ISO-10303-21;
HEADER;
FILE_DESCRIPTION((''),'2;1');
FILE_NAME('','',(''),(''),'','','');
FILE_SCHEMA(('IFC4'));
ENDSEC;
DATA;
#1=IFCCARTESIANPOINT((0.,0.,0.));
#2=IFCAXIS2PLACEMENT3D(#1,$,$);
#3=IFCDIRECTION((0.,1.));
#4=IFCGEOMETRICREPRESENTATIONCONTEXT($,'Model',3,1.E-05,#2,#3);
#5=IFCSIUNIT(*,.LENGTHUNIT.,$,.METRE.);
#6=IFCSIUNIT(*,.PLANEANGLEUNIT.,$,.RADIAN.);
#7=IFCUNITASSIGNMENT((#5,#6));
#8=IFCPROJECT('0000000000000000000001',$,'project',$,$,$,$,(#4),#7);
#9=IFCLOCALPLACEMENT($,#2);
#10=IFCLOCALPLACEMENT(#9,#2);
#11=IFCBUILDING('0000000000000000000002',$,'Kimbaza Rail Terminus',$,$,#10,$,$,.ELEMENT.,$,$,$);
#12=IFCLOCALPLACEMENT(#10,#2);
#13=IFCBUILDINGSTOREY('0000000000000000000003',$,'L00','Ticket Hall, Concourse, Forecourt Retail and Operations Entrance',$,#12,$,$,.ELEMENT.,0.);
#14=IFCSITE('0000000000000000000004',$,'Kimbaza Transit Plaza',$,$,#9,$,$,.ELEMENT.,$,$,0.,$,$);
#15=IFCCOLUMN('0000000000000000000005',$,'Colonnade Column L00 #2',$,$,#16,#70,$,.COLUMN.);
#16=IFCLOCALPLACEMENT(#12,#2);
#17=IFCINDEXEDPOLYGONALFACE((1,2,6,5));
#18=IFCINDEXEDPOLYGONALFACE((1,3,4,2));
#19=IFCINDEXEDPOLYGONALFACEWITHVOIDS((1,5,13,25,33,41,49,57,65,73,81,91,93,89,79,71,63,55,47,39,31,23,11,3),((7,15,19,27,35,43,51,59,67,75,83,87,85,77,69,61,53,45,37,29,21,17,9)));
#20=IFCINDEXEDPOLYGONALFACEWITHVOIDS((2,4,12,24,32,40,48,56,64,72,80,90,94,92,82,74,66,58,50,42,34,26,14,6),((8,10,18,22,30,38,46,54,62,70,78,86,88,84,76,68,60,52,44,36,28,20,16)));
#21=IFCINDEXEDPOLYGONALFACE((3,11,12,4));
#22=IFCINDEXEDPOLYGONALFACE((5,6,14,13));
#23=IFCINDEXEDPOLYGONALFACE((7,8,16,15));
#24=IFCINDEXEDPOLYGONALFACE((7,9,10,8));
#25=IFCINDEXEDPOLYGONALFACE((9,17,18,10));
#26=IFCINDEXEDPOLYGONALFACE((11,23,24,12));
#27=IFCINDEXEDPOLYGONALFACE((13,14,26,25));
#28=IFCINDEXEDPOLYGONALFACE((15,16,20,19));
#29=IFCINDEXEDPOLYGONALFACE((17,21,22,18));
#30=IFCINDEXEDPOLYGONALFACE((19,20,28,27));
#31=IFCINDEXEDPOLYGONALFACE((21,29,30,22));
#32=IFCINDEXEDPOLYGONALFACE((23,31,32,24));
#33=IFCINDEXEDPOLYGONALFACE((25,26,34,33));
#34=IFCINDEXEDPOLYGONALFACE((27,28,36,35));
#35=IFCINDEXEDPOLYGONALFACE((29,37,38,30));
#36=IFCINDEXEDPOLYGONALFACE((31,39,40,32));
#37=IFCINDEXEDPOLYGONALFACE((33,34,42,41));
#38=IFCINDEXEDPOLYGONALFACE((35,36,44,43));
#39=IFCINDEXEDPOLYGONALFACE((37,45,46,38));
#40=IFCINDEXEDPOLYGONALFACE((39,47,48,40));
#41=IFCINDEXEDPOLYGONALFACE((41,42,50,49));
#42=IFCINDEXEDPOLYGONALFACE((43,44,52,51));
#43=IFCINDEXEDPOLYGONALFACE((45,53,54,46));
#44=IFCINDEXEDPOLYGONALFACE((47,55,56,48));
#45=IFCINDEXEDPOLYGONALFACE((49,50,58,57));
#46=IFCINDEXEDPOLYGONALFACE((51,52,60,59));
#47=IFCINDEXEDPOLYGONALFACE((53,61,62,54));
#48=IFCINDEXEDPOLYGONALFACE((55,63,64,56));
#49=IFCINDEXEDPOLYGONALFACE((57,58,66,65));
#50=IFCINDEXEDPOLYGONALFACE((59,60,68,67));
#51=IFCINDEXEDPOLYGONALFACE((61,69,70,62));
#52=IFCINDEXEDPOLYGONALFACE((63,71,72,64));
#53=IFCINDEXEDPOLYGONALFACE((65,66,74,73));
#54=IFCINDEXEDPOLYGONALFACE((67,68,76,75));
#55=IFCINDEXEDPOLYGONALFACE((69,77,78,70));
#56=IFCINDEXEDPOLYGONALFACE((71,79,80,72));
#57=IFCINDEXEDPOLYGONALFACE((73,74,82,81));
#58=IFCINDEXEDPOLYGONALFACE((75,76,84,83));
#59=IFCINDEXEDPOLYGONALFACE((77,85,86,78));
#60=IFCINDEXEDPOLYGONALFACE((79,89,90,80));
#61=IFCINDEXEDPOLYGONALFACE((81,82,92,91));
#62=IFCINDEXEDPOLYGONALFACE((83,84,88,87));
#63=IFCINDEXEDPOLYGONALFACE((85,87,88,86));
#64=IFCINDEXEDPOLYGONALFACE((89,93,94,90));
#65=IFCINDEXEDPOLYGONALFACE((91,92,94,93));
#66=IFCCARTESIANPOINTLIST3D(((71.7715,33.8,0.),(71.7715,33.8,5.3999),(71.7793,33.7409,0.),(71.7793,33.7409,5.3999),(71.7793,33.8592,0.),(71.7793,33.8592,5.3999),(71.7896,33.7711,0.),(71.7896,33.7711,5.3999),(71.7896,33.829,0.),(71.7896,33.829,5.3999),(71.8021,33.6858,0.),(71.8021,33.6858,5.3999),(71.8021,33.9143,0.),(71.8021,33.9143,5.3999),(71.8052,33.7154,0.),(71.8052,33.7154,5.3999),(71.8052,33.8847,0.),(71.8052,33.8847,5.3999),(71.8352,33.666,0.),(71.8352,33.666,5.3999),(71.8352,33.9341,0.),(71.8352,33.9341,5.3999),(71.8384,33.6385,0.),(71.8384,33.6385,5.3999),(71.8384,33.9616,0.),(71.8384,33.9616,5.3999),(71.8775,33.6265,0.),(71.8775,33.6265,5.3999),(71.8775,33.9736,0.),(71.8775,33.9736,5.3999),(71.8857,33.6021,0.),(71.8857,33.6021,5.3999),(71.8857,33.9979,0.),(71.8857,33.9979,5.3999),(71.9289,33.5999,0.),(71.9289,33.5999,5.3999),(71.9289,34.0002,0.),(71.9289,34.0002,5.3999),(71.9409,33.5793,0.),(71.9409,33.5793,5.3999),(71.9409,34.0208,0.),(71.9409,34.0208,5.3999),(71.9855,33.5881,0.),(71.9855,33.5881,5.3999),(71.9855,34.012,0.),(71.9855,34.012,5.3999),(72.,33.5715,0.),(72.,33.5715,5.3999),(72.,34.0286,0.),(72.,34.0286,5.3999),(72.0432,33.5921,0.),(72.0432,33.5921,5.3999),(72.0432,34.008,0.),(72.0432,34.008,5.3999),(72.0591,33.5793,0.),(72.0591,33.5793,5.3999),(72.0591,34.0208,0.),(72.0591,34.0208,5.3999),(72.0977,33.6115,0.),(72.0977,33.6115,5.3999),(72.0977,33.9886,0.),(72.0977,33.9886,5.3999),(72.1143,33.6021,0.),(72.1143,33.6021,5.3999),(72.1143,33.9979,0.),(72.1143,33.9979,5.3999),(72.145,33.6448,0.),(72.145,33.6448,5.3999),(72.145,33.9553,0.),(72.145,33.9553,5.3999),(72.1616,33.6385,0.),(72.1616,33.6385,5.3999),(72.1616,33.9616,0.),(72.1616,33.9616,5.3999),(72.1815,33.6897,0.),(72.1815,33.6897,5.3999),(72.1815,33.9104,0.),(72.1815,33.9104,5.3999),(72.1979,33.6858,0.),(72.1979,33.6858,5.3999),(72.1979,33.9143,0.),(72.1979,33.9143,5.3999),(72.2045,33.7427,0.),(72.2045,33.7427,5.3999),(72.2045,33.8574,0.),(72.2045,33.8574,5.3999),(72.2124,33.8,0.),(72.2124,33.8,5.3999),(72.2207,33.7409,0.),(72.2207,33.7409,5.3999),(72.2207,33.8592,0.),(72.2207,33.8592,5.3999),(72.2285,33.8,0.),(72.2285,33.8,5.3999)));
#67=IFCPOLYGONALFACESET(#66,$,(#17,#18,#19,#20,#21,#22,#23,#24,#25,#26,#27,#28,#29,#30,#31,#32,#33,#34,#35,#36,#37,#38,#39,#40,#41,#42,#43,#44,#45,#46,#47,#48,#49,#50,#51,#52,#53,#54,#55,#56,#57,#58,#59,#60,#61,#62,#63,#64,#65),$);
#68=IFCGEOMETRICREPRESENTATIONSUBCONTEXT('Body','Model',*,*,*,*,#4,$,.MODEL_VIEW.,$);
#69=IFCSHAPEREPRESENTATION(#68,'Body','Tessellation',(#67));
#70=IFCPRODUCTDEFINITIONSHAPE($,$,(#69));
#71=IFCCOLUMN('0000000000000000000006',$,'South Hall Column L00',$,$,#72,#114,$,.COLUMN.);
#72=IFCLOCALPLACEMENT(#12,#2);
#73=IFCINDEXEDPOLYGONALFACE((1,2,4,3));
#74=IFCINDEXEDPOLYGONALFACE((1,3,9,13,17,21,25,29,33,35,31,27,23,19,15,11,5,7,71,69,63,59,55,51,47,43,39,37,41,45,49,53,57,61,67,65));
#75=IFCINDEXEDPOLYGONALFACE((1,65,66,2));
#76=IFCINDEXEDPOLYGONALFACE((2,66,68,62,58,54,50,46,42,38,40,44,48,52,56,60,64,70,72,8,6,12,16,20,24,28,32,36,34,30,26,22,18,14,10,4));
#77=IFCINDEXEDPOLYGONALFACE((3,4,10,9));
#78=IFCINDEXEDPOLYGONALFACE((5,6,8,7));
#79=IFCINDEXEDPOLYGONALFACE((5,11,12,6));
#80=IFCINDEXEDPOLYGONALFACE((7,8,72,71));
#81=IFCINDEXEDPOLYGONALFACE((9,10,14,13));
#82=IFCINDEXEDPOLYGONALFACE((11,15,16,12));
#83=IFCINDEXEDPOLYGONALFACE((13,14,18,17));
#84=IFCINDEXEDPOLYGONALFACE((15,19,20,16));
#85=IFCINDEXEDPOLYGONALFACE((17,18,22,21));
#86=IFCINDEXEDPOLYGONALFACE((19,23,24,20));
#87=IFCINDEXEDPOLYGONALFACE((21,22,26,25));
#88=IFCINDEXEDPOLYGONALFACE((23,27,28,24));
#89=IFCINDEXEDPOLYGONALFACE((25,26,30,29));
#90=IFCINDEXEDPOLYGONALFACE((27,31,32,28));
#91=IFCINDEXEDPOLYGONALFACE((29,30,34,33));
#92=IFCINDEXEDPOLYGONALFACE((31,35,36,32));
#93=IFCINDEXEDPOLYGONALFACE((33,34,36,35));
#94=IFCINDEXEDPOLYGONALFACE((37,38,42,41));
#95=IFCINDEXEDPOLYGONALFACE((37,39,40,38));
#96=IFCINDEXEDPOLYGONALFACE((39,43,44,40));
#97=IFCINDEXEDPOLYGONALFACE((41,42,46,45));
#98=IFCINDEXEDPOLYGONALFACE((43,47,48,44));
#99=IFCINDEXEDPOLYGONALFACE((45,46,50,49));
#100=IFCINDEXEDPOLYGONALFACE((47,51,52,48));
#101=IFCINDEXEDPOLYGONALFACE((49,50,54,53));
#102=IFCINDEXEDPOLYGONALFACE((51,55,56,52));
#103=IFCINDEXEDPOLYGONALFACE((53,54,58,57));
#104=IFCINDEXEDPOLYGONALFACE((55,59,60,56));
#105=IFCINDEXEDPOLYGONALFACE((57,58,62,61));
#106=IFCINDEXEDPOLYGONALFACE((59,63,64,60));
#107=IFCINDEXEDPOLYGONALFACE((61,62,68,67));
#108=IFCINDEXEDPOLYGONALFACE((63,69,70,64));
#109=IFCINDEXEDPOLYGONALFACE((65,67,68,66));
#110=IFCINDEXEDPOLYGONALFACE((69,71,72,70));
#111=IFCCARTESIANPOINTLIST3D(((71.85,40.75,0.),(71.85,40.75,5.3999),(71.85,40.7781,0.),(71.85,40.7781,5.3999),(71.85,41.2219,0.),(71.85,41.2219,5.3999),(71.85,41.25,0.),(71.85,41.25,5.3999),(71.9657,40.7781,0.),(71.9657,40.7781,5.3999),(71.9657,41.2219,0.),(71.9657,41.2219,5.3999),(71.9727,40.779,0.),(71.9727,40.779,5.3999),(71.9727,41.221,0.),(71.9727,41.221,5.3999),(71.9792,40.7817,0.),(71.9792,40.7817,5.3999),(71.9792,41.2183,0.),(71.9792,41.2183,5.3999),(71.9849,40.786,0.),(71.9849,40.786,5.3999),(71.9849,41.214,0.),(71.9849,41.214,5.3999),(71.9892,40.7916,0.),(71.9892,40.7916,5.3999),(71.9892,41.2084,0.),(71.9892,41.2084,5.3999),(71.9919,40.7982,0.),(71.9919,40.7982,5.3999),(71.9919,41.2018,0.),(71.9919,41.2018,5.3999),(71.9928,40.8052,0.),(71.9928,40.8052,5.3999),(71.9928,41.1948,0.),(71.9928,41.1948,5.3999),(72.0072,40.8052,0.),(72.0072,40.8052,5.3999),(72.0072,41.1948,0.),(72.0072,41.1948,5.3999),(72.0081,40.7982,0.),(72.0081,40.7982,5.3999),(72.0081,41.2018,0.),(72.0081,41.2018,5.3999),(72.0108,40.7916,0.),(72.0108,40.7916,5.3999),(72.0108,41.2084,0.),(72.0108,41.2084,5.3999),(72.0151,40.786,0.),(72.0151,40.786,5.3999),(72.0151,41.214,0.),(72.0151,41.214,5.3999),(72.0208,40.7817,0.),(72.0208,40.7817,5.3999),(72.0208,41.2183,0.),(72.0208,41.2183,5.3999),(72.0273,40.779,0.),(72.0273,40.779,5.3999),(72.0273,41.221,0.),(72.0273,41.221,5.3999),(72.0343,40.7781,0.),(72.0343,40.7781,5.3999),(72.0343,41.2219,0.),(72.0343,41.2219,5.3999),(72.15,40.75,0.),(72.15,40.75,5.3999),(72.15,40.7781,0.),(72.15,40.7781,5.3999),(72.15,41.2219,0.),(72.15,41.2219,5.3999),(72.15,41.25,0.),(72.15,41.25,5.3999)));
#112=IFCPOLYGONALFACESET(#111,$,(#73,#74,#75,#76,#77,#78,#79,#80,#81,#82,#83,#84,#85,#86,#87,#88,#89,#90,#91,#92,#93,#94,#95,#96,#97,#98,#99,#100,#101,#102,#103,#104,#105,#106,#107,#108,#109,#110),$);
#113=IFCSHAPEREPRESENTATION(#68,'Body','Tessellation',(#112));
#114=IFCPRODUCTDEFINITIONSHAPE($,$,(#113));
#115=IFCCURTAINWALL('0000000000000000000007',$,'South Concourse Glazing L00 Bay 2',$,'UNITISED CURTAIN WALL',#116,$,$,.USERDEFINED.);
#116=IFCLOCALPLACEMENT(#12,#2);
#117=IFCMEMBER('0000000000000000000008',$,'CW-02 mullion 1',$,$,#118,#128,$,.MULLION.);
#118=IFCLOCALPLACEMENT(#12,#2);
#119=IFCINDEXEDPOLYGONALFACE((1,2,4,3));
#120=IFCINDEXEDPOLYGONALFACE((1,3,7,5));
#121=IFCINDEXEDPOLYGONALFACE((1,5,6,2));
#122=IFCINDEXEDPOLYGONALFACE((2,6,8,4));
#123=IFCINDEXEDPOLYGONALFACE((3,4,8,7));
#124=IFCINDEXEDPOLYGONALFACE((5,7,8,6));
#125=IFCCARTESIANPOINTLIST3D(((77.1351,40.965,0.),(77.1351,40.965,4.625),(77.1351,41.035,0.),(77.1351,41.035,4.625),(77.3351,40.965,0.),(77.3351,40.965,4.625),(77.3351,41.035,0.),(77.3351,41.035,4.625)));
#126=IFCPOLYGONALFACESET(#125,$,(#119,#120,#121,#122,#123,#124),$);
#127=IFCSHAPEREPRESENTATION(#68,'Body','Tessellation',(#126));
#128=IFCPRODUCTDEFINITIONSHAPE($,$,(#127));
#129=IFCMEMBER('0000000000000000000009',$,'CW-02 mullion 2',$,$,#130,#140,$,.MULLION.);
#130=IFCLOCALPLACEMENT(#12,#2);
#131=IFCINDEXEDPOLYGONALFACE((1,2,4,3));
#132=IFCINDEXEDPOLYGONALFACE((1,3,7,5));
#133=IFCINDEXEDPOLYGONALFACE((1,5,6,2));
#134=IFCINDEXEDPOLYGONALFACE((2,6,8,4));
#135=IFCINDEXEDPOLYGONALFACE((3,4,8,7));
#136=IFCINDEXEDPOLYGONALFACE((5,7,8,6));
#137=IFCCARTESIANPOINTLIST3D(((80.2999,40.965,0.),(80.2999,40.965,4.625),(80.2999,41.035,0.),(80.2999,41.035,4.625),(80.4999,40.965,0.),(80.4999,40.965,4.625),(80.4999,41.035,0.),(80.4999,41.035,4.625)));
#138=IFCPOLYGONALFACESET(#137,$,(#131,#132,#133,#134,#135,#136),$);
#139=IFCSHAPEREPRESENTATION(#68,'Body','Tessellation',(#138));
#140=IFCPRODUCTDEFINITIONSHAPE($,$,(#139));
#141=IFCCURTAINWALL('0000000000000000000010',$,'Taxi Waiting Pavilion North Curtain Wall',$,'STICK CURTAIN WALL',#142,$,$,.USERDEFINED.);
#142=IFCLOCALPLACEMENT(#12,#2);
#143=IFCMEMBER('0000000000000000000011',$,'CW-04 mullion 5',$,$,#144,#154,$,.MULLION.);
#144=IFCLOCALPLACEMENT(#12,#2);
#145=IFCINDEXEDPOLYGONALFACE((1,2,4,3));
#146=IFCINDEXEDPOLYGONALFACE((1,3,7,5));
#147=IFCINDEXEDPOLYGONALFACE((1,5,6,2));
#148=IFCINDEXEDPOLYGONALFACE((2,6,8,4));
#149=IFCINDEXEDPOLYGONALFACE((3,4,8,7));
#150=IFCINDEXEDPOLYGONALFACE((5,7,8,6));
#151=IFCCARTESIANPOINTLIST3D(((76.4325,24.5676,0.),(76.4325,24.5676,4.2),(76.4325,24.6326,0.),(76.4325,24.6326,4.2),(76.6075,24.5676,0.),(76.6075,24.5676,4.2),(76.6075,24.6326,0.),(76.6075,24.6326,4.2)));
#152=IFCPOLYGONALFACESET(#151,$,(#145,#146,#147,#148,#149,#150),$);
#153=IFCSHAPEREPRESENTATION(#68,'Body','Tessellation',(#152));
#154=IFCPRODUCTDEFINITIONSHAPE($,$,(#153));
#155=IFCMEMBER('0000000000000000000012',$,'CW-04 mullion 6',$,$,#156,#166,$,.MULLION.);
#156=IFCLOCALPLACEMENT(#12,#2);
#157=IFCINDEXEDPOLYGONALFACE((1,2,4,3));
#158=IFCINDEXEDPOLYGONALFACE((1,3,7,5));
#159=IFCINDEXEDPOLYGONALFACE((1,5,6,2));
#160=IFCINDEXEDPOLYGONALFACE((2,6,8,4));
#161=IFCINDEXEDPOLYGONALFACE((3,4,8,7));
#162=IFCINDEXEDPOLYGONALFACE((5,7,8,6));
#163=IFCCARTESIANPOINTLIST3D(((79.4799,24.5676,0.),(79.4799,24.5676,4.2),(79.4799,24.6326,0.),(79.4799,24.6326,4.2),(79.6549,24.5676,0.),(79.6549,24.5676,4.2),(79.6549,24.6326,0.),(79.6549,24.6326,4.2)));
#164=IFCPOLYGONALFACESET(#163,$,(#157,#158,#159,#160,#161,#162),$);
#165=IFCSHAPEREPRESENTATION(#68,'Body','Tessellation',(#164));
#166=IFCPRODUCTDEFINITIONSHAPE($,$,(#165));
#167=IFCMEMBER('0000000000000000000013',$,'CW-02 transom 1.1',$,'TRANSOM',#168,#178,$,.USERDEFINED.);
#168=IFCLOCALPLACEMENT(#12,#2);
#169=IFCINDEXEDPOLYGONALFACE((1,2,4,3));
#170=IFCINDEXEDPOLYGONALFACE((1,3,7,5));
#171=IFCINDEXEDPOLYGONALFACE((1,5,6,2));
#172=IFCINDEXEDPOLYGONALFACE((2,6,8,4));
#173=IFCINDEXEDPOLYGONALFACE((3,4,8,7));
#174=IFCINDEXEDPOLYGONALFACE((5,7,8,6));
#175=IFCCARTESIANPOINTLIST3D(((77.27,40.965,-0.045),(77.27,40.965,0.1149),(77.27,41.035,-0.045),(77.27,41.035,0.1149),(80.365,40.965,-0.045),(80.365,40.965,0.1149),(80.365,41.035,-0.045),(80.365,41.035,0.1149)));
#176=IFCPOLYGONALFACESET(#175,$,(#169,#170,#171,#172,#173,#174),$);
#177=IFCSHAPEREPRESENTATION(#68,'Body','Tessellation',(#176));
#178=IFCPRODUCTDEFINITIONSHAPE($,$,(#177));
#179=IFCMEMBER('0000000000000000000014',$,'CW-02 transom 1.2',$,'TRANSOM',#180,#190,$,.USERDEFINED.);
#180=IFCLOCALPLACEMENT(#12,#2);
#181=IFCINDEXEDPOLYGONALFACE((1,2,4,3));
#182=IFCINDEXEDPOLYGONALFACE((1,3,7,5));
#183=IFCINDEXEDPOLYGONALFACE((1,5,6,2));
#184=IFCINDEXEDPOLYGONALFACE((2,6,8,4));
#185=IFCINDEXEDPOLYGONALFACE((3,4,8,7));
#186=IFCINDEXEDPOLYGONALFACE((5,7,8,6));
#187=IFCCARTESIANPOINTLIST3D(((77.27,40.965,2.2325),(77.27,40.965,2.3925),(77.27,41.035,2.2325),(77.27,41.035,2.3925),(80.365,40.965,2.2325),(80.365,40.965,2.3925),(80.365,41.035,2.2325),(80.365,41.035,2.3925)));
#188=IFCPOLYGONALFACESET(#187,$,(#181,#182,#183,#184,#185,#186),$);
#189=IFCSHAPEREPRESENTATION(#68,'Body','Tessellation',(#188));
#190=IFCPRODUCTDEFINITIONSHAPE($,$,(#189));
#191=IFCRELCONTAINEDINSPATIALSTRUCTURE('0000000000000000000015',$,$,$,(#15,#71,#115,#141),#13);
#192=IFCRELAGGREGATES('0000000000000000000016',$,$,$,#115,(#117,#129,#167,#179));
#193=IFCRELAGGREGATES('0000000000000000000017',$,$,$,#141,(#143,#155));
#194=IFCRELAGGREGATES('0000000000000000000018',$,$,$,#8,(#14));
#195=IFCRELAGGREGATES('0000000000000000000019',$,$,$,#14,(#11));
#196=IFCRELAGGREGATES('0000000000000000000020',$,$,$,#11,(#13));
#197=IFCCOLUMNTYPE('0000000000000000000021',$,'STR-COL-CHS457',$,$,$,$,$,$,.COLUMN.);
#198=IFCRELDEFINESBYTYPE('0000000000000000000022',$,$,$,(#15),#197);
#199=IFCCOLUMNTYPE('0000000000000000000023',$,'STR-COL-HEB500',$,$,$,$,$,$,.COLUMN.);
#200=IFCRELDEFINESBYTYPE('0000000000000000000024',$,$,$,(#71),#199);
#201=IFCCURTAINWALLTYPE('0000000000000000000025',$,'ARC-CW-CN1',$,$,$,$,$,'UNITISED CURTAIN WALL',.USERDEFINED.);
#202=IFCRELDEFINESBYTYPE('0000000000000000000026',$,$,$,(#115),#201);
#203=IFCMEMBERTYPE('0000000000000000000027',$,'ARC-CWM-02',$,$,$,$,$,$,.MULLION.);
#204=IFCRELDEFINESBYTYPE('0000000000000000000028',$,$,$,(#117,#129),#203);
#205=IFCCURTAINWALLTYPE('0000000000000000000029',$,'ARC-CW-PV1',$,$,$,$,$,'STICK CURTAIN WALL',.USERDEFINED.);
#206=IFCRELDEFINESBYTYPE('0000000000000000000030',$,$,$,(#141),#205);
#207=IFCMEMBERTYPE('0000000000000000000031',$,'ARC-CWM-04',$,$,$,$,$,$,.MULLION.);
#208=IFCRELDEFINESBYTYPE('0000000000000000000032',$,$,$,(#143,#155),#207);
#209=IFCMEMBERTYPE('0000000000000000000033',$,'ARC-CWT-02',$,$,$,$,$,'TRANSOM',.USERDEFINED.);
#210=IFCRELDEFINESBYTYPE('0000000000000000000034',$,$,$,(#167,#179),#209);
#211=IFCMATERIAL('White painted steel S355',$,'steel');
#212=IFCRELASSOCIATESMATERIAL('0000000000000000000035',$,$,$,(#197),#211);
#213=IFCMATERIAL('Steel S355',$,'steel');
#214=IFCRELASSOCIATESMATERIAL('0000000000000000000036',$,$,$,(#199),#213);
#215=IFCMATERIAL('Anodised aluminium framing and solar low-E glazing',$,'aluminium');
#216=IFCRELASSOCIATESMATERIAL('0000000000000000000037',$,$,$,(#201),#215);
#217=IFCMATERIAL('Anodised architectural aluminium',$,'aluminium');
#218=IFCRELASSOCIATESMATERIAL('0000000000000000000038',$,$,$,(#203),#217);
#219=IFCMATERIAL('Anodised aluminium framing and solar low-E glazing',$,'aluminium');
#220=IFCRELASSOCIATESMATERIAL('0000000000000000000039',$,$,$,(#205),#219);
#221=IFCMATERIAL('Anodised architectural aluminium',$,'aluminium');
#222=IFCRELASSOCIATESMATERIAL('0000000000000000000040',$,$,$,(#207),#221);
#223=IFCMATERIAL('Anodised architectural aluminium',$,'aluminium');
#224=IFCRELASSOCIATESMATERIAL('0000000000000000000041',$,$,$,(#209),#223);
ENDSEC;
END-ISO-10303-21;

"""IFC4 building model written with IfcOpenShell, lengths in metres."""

from ifc_helpers import new_model, si_unit, direction, frame, origin, origin_2d, place, context, subcontext, project, spatial, rectangle, hollow_circle, i_section, extrude, material, material_profile, profile_set, type_object, element, aggregate, save


model = new_model("IFC4")

# Units and contexts
model_context = context("Model", 3, precision=1e-05, world=origin(), true_north=direction((0.0, 1.0)))
body_context = subcontext(model_context, "Body", "Model", "MODEL_VIEW")
ifc_project = project(units=[si_unit("LENGTHUNIT", "METRE"), si_unit("PLANEANGLEUNIT", "RADIAN")], contexts=[model_context])

# Site, building, storey
site_placement = place(None, origin())
site = spatial("IfcSite", under=ifc_project, at=site_placement, Name="Kimbaza Transit Plaza", CompositionType="ELEMENT", RefElevation=0.0)
building_placement = place(site_placement, origin())
building = spatial("IfcBuilding", under=site, at=building_placement, Name="Kimbaza Rail Terminus", CompositionType="ELEMENT")
storey_placement = place(building_placement, origin())
storey = spatial("IfcBuildingStorey", under=building, at=storey_placement, Name="L00", Description="Ticket Hall, Concourse, Forecourt Retail and Operations Entrance", CompositionType="ELEMENT", Elevation=0.0)

# Columns
ifc_material_1 = material(Name="White painted steel S355", Category="steel")
ifc_material_profile_1 = material_profile(ifc_material_1, hollow_circle(Radius=0.2285, WallThickness=0.0161, at=origin_2d()), Name="CHS 457x16")
ifc_profile_set_1 = profile_set([ifc_material_profile_1], Name="White painted steel S355")
column_type_1 = type_object("IfcColumnType", Name="STR-COL-CHS457", PredefinedType="COLUMN", material=ifc_profile_set_1)
column_1_placement = place(storey_placement, frame((72.0, 33.8, 0.0), z_axis=(0.0, 0.0, 1.0), x_axis=(1.0, 0.0, 0.0)))
element("IfcColumn", 1, at=column_1_placement, inside=storey, type_object=column_type_1, Name="Colonnade Column L00 #2", PredefinedType="COLUMN", context=body_context, shape_type="SweptSolid", body=[
    extrude(hollow_circle(Radius=0.2285, WallThickness=0.0161, at=origin_2d()), origin(), (0.0, 0.0, 1.0), 5.3999),
])
ifc_material_2 = material(Name="Steel S355", Category="steel")
ifc_material_profile_2 = material_profile(ifc_material_2, i_section(OverallWidth=0.3, OverallDepth=0.5, WebThickness=0.0144, FlangeThickness=0.0281, FilletRadius=0.0271, at=origin_2d()), Name="HEB 500")
ifc_profile_set_2 = profile_set([ifc_material_profile_2], Name="Steel S355")
column_type_2 = type_object("IfcColumnType", Name="STR-COL-HEB500", PredefinedType="COLUMN", material=ifc_profile_set_2)
column_2_placement = place(storey_placement, frame((72.0, 41.0, 0.0), z_axis=(0.0, 0.0, 1.0), x_axis=(1.0, 0.0, 0.0)))
element("IfcColumn", 2, at=column_2_placement, inside=storey, type_object=column_type_2, Name="South Hall Column L00", PredefinedType="COLUMN", context=body_context, shape_type="SweptSolid", body=[
    extrude(i_section(OverallWidth=0.3, OverallDepth=0.5, WebThickness=0.0144, FlangeThickness=0.0281, FilletRadius=0.0271, at=origin_2d()), origin(), (0.0, 0.0, 1.0), 5.3999),
])

# Curtain walls, members
ifc_material_3 = material(Name="Anodised aluminium framing and solar low-E glazing", Category="aluminium")
curtain_wall_type_1 = type_object("IfcCurtainWallType", Name="ARC-CW-CN1", ElementType="UNITISED CURTAIN WALL", PredefinedType="USERDEFINED", material=ifc_material_3)
curtain_wall_1_placement = place(storey_placement, origin())
curtain_wall_1 = element("IfcCurtainWall", 3, at=curtain_wall_1_placement, inside=storey, type_object=curtain_wall_type_1, Name="South Concourse Glazing L00 Bay 2", ObjectType="UNITISED CURTAIN WALL", PredefinedType="USERDEFINED")
ifc_material_4 = material(Name="Anodised architectural aluminium", Category="aluminium")
ifc_material_profile_3 = material_profile(ifc_material_4, rectangle(XDim=0.0701, YDim=0.2, at=origin_2d()), Name="MULLION 70x200")
ifc_profile_set_3 = profile_set([ifc_material_profile_3], Name="Anodised architectural aluminium")
member_type_1 = type_object("IfcMemberType", Name="ARC-CWM-02", PredefinedType="MULLION", material=ifc_profile_set_3)
member_1_placement = place(storey_placement, frame((77.2351, 41.0, 0.0), z_axis=(0.0, 0.0, 1.0), x_axis=(0.0, 1.0, 0.0)))
member_1 = element("IfcMember", 4, at=member_1_placement, type_object=member_type_1, Name="CW-02 mullion 1", PredefinedType="MULLION", context=body_context, shape_type="SweptSolid", body=[
    extrude(rectangle(XDim=0.0701, YDim=0.2, at=origin_2d()), origin(), (0.0, 0.0, 1.0), 4.625),
])
member_2_placement = place(storey_placement, frame((80.3999, 41.0, 0.0), z_axis=(0.0, 0.0, 1.0), x_axis=(0.0, 1.0, 0.0)))
member_2 = element("IfcMember", 5, at=member_2_placement, type_object=member_type_1, Name="CW-02 mullion 2", PredefinedType="MULLION", context=body_context, shape_type="SweptSolid", body=[
    extrude(rectangle(XDim=0.0701, YDim=0.2, at=origin_2d()), origin(), (0.0, 0.0, 1.0), 4.625),
])
ifc_material_5 = material(Name="Anodised aluminium framing and solar low-E glazing", Category="aluminium")
curtain_wall_type_2 = type_object("IfcCurtainWallType", Name="ARC-CW-PV1", ElementType="STICK CURTAIN WALL", PredefinedType="USERDEFINED", material=ifc_material_5)
curtain_wall_2_placement = place(storey_placement, origin())
curtain_wall_2 = element("IfcCurtainWall", 6, at=curtain_wall_2_placement, inside=storey, type_object=curtain_wall_type_2, Name="Taxi Waiting Pavilion North Curtain Wall", ObjectType="STICK CURTAIN WALL", PredefinedType="USERDEFINED")
ifc_material_6 = material(Name="Anodised architectural aluminium", Category="aluminium")
ifc_material_profile_4 = material_profile(ifc_material_6, rectangle(XDim=0.0649, YDim=0.175, at=origin_2d()), Name="MULLION 65x175")
ifc_profile_set_4 = profile_set([ifc_material_profile_4], Name="Anodised architectural aluminium")
member_type_2 = type_object("IfcMemberType", Name="ARC-CWM-04", PredefinedType="MULLION", material=ifc_profile_set_4)
member_3_placement = place(storey_placement, frame((76.52, 24.6001, 0.0), z_axis=(0.0, 0.0, 1.0), x_axis=(0.0, 1.0, 0.0)))
member_3 = element("IfcMember", 7, at=member_3_placement, type_object=member_type_2, Name="CW-04 mullion 5", PredefinedType="MULLION", context=body_context, shape_type="SweptSolid", body=[
    extrude(rectangle(XDim=0.0649, YDim=0.175, at=origin_2d()), origin(), (0.0, 0.0, 1.0), 4.2),
])
member_4_placement = place(storey_placement, frame((79.5674, 24.6001, 0.0), z_axis=(0.0, 0.0, 1.0), x_axis=(0.0, 1.0, 0.0)))
member_4 = element("IfcMember", 8, at=member_4_placement, type_object=member_type_2, Name="CW-04 mullion 6", PredefinedType="MULLION", context=body_context, shape_type="SweptSolid", body=[
    extrude(rectangle(XDim=0.0649, YDim=0.175, at=origin_2d()), origin(), (0.0, 0.0, 1.0), 4.2),
])

# Members
ifc_material_7 = material(Name="Anodised architectural aluminium", Category="aluminium")
ifc_material_profile_5 = material_profile(ifc_material_7, rectangle(XDim=0.0701, YDim=0.1599, at=origin_2d()), Name="TRANSOM 70x160")
ifc_profile_set_5 = profile_set([ifc_material_profile_5], Name="Anodised architectural aluminium")
member_type_3 = type_object("IfcMemberType", Name="ARC-CWT-02", ElementType="TRANSOM", PredefinedType="USERDEFINED", material=ifc_profile_set_5)
member_5_placement = place(storey_placement, frame((77.27, 41.0, 0.0349), z_axis=(1.0, 0.0, 0.0), x_axis=(0.0, 1.0, 0.0)))
member_5 = element("IfcMember", 9, at=member_5_placement, type_object=member_type_3, Name="CW-02 transom 1.1", ObjectType="TRANSOM", PredefinedType="USERDEFINED", context=body_context, shape_type="SweptSolid", body=[
    extrude(rectangle(XDim=0.0701, YDim=0.1599, at=origin_2d()), origin(), (0.0, 0.0, 1.0), 3.095),
])
member_6_placement = place(storey_placement, frame((77.27, 41.0, 2.3125), z_axis=(1.0, 0.0, 0.0), x_axis=(0.0, 1.0, 0.0)))
member_6 = element("IfcMember", 10, at=member_6_placement, type_object=member_type_3, Name="CW-02 transom 1.2", ObjectType="TRANSOM", PredefinedType="USERDEFINED", context=body_context, shape_type="SweptSolid", body=[
    extrude(rectangle(XDim=0.0701, YDim=0.1599, at=origin_2d()), origin(), (0.0, 0.0, 1.0), 3.095),
])

aggregate(curtain_wall_1, [member_1, member_2, member_5, member_6])
aggregate(curtain_wall_2, [member_3, member_4])

save(model, "model.ifc")
